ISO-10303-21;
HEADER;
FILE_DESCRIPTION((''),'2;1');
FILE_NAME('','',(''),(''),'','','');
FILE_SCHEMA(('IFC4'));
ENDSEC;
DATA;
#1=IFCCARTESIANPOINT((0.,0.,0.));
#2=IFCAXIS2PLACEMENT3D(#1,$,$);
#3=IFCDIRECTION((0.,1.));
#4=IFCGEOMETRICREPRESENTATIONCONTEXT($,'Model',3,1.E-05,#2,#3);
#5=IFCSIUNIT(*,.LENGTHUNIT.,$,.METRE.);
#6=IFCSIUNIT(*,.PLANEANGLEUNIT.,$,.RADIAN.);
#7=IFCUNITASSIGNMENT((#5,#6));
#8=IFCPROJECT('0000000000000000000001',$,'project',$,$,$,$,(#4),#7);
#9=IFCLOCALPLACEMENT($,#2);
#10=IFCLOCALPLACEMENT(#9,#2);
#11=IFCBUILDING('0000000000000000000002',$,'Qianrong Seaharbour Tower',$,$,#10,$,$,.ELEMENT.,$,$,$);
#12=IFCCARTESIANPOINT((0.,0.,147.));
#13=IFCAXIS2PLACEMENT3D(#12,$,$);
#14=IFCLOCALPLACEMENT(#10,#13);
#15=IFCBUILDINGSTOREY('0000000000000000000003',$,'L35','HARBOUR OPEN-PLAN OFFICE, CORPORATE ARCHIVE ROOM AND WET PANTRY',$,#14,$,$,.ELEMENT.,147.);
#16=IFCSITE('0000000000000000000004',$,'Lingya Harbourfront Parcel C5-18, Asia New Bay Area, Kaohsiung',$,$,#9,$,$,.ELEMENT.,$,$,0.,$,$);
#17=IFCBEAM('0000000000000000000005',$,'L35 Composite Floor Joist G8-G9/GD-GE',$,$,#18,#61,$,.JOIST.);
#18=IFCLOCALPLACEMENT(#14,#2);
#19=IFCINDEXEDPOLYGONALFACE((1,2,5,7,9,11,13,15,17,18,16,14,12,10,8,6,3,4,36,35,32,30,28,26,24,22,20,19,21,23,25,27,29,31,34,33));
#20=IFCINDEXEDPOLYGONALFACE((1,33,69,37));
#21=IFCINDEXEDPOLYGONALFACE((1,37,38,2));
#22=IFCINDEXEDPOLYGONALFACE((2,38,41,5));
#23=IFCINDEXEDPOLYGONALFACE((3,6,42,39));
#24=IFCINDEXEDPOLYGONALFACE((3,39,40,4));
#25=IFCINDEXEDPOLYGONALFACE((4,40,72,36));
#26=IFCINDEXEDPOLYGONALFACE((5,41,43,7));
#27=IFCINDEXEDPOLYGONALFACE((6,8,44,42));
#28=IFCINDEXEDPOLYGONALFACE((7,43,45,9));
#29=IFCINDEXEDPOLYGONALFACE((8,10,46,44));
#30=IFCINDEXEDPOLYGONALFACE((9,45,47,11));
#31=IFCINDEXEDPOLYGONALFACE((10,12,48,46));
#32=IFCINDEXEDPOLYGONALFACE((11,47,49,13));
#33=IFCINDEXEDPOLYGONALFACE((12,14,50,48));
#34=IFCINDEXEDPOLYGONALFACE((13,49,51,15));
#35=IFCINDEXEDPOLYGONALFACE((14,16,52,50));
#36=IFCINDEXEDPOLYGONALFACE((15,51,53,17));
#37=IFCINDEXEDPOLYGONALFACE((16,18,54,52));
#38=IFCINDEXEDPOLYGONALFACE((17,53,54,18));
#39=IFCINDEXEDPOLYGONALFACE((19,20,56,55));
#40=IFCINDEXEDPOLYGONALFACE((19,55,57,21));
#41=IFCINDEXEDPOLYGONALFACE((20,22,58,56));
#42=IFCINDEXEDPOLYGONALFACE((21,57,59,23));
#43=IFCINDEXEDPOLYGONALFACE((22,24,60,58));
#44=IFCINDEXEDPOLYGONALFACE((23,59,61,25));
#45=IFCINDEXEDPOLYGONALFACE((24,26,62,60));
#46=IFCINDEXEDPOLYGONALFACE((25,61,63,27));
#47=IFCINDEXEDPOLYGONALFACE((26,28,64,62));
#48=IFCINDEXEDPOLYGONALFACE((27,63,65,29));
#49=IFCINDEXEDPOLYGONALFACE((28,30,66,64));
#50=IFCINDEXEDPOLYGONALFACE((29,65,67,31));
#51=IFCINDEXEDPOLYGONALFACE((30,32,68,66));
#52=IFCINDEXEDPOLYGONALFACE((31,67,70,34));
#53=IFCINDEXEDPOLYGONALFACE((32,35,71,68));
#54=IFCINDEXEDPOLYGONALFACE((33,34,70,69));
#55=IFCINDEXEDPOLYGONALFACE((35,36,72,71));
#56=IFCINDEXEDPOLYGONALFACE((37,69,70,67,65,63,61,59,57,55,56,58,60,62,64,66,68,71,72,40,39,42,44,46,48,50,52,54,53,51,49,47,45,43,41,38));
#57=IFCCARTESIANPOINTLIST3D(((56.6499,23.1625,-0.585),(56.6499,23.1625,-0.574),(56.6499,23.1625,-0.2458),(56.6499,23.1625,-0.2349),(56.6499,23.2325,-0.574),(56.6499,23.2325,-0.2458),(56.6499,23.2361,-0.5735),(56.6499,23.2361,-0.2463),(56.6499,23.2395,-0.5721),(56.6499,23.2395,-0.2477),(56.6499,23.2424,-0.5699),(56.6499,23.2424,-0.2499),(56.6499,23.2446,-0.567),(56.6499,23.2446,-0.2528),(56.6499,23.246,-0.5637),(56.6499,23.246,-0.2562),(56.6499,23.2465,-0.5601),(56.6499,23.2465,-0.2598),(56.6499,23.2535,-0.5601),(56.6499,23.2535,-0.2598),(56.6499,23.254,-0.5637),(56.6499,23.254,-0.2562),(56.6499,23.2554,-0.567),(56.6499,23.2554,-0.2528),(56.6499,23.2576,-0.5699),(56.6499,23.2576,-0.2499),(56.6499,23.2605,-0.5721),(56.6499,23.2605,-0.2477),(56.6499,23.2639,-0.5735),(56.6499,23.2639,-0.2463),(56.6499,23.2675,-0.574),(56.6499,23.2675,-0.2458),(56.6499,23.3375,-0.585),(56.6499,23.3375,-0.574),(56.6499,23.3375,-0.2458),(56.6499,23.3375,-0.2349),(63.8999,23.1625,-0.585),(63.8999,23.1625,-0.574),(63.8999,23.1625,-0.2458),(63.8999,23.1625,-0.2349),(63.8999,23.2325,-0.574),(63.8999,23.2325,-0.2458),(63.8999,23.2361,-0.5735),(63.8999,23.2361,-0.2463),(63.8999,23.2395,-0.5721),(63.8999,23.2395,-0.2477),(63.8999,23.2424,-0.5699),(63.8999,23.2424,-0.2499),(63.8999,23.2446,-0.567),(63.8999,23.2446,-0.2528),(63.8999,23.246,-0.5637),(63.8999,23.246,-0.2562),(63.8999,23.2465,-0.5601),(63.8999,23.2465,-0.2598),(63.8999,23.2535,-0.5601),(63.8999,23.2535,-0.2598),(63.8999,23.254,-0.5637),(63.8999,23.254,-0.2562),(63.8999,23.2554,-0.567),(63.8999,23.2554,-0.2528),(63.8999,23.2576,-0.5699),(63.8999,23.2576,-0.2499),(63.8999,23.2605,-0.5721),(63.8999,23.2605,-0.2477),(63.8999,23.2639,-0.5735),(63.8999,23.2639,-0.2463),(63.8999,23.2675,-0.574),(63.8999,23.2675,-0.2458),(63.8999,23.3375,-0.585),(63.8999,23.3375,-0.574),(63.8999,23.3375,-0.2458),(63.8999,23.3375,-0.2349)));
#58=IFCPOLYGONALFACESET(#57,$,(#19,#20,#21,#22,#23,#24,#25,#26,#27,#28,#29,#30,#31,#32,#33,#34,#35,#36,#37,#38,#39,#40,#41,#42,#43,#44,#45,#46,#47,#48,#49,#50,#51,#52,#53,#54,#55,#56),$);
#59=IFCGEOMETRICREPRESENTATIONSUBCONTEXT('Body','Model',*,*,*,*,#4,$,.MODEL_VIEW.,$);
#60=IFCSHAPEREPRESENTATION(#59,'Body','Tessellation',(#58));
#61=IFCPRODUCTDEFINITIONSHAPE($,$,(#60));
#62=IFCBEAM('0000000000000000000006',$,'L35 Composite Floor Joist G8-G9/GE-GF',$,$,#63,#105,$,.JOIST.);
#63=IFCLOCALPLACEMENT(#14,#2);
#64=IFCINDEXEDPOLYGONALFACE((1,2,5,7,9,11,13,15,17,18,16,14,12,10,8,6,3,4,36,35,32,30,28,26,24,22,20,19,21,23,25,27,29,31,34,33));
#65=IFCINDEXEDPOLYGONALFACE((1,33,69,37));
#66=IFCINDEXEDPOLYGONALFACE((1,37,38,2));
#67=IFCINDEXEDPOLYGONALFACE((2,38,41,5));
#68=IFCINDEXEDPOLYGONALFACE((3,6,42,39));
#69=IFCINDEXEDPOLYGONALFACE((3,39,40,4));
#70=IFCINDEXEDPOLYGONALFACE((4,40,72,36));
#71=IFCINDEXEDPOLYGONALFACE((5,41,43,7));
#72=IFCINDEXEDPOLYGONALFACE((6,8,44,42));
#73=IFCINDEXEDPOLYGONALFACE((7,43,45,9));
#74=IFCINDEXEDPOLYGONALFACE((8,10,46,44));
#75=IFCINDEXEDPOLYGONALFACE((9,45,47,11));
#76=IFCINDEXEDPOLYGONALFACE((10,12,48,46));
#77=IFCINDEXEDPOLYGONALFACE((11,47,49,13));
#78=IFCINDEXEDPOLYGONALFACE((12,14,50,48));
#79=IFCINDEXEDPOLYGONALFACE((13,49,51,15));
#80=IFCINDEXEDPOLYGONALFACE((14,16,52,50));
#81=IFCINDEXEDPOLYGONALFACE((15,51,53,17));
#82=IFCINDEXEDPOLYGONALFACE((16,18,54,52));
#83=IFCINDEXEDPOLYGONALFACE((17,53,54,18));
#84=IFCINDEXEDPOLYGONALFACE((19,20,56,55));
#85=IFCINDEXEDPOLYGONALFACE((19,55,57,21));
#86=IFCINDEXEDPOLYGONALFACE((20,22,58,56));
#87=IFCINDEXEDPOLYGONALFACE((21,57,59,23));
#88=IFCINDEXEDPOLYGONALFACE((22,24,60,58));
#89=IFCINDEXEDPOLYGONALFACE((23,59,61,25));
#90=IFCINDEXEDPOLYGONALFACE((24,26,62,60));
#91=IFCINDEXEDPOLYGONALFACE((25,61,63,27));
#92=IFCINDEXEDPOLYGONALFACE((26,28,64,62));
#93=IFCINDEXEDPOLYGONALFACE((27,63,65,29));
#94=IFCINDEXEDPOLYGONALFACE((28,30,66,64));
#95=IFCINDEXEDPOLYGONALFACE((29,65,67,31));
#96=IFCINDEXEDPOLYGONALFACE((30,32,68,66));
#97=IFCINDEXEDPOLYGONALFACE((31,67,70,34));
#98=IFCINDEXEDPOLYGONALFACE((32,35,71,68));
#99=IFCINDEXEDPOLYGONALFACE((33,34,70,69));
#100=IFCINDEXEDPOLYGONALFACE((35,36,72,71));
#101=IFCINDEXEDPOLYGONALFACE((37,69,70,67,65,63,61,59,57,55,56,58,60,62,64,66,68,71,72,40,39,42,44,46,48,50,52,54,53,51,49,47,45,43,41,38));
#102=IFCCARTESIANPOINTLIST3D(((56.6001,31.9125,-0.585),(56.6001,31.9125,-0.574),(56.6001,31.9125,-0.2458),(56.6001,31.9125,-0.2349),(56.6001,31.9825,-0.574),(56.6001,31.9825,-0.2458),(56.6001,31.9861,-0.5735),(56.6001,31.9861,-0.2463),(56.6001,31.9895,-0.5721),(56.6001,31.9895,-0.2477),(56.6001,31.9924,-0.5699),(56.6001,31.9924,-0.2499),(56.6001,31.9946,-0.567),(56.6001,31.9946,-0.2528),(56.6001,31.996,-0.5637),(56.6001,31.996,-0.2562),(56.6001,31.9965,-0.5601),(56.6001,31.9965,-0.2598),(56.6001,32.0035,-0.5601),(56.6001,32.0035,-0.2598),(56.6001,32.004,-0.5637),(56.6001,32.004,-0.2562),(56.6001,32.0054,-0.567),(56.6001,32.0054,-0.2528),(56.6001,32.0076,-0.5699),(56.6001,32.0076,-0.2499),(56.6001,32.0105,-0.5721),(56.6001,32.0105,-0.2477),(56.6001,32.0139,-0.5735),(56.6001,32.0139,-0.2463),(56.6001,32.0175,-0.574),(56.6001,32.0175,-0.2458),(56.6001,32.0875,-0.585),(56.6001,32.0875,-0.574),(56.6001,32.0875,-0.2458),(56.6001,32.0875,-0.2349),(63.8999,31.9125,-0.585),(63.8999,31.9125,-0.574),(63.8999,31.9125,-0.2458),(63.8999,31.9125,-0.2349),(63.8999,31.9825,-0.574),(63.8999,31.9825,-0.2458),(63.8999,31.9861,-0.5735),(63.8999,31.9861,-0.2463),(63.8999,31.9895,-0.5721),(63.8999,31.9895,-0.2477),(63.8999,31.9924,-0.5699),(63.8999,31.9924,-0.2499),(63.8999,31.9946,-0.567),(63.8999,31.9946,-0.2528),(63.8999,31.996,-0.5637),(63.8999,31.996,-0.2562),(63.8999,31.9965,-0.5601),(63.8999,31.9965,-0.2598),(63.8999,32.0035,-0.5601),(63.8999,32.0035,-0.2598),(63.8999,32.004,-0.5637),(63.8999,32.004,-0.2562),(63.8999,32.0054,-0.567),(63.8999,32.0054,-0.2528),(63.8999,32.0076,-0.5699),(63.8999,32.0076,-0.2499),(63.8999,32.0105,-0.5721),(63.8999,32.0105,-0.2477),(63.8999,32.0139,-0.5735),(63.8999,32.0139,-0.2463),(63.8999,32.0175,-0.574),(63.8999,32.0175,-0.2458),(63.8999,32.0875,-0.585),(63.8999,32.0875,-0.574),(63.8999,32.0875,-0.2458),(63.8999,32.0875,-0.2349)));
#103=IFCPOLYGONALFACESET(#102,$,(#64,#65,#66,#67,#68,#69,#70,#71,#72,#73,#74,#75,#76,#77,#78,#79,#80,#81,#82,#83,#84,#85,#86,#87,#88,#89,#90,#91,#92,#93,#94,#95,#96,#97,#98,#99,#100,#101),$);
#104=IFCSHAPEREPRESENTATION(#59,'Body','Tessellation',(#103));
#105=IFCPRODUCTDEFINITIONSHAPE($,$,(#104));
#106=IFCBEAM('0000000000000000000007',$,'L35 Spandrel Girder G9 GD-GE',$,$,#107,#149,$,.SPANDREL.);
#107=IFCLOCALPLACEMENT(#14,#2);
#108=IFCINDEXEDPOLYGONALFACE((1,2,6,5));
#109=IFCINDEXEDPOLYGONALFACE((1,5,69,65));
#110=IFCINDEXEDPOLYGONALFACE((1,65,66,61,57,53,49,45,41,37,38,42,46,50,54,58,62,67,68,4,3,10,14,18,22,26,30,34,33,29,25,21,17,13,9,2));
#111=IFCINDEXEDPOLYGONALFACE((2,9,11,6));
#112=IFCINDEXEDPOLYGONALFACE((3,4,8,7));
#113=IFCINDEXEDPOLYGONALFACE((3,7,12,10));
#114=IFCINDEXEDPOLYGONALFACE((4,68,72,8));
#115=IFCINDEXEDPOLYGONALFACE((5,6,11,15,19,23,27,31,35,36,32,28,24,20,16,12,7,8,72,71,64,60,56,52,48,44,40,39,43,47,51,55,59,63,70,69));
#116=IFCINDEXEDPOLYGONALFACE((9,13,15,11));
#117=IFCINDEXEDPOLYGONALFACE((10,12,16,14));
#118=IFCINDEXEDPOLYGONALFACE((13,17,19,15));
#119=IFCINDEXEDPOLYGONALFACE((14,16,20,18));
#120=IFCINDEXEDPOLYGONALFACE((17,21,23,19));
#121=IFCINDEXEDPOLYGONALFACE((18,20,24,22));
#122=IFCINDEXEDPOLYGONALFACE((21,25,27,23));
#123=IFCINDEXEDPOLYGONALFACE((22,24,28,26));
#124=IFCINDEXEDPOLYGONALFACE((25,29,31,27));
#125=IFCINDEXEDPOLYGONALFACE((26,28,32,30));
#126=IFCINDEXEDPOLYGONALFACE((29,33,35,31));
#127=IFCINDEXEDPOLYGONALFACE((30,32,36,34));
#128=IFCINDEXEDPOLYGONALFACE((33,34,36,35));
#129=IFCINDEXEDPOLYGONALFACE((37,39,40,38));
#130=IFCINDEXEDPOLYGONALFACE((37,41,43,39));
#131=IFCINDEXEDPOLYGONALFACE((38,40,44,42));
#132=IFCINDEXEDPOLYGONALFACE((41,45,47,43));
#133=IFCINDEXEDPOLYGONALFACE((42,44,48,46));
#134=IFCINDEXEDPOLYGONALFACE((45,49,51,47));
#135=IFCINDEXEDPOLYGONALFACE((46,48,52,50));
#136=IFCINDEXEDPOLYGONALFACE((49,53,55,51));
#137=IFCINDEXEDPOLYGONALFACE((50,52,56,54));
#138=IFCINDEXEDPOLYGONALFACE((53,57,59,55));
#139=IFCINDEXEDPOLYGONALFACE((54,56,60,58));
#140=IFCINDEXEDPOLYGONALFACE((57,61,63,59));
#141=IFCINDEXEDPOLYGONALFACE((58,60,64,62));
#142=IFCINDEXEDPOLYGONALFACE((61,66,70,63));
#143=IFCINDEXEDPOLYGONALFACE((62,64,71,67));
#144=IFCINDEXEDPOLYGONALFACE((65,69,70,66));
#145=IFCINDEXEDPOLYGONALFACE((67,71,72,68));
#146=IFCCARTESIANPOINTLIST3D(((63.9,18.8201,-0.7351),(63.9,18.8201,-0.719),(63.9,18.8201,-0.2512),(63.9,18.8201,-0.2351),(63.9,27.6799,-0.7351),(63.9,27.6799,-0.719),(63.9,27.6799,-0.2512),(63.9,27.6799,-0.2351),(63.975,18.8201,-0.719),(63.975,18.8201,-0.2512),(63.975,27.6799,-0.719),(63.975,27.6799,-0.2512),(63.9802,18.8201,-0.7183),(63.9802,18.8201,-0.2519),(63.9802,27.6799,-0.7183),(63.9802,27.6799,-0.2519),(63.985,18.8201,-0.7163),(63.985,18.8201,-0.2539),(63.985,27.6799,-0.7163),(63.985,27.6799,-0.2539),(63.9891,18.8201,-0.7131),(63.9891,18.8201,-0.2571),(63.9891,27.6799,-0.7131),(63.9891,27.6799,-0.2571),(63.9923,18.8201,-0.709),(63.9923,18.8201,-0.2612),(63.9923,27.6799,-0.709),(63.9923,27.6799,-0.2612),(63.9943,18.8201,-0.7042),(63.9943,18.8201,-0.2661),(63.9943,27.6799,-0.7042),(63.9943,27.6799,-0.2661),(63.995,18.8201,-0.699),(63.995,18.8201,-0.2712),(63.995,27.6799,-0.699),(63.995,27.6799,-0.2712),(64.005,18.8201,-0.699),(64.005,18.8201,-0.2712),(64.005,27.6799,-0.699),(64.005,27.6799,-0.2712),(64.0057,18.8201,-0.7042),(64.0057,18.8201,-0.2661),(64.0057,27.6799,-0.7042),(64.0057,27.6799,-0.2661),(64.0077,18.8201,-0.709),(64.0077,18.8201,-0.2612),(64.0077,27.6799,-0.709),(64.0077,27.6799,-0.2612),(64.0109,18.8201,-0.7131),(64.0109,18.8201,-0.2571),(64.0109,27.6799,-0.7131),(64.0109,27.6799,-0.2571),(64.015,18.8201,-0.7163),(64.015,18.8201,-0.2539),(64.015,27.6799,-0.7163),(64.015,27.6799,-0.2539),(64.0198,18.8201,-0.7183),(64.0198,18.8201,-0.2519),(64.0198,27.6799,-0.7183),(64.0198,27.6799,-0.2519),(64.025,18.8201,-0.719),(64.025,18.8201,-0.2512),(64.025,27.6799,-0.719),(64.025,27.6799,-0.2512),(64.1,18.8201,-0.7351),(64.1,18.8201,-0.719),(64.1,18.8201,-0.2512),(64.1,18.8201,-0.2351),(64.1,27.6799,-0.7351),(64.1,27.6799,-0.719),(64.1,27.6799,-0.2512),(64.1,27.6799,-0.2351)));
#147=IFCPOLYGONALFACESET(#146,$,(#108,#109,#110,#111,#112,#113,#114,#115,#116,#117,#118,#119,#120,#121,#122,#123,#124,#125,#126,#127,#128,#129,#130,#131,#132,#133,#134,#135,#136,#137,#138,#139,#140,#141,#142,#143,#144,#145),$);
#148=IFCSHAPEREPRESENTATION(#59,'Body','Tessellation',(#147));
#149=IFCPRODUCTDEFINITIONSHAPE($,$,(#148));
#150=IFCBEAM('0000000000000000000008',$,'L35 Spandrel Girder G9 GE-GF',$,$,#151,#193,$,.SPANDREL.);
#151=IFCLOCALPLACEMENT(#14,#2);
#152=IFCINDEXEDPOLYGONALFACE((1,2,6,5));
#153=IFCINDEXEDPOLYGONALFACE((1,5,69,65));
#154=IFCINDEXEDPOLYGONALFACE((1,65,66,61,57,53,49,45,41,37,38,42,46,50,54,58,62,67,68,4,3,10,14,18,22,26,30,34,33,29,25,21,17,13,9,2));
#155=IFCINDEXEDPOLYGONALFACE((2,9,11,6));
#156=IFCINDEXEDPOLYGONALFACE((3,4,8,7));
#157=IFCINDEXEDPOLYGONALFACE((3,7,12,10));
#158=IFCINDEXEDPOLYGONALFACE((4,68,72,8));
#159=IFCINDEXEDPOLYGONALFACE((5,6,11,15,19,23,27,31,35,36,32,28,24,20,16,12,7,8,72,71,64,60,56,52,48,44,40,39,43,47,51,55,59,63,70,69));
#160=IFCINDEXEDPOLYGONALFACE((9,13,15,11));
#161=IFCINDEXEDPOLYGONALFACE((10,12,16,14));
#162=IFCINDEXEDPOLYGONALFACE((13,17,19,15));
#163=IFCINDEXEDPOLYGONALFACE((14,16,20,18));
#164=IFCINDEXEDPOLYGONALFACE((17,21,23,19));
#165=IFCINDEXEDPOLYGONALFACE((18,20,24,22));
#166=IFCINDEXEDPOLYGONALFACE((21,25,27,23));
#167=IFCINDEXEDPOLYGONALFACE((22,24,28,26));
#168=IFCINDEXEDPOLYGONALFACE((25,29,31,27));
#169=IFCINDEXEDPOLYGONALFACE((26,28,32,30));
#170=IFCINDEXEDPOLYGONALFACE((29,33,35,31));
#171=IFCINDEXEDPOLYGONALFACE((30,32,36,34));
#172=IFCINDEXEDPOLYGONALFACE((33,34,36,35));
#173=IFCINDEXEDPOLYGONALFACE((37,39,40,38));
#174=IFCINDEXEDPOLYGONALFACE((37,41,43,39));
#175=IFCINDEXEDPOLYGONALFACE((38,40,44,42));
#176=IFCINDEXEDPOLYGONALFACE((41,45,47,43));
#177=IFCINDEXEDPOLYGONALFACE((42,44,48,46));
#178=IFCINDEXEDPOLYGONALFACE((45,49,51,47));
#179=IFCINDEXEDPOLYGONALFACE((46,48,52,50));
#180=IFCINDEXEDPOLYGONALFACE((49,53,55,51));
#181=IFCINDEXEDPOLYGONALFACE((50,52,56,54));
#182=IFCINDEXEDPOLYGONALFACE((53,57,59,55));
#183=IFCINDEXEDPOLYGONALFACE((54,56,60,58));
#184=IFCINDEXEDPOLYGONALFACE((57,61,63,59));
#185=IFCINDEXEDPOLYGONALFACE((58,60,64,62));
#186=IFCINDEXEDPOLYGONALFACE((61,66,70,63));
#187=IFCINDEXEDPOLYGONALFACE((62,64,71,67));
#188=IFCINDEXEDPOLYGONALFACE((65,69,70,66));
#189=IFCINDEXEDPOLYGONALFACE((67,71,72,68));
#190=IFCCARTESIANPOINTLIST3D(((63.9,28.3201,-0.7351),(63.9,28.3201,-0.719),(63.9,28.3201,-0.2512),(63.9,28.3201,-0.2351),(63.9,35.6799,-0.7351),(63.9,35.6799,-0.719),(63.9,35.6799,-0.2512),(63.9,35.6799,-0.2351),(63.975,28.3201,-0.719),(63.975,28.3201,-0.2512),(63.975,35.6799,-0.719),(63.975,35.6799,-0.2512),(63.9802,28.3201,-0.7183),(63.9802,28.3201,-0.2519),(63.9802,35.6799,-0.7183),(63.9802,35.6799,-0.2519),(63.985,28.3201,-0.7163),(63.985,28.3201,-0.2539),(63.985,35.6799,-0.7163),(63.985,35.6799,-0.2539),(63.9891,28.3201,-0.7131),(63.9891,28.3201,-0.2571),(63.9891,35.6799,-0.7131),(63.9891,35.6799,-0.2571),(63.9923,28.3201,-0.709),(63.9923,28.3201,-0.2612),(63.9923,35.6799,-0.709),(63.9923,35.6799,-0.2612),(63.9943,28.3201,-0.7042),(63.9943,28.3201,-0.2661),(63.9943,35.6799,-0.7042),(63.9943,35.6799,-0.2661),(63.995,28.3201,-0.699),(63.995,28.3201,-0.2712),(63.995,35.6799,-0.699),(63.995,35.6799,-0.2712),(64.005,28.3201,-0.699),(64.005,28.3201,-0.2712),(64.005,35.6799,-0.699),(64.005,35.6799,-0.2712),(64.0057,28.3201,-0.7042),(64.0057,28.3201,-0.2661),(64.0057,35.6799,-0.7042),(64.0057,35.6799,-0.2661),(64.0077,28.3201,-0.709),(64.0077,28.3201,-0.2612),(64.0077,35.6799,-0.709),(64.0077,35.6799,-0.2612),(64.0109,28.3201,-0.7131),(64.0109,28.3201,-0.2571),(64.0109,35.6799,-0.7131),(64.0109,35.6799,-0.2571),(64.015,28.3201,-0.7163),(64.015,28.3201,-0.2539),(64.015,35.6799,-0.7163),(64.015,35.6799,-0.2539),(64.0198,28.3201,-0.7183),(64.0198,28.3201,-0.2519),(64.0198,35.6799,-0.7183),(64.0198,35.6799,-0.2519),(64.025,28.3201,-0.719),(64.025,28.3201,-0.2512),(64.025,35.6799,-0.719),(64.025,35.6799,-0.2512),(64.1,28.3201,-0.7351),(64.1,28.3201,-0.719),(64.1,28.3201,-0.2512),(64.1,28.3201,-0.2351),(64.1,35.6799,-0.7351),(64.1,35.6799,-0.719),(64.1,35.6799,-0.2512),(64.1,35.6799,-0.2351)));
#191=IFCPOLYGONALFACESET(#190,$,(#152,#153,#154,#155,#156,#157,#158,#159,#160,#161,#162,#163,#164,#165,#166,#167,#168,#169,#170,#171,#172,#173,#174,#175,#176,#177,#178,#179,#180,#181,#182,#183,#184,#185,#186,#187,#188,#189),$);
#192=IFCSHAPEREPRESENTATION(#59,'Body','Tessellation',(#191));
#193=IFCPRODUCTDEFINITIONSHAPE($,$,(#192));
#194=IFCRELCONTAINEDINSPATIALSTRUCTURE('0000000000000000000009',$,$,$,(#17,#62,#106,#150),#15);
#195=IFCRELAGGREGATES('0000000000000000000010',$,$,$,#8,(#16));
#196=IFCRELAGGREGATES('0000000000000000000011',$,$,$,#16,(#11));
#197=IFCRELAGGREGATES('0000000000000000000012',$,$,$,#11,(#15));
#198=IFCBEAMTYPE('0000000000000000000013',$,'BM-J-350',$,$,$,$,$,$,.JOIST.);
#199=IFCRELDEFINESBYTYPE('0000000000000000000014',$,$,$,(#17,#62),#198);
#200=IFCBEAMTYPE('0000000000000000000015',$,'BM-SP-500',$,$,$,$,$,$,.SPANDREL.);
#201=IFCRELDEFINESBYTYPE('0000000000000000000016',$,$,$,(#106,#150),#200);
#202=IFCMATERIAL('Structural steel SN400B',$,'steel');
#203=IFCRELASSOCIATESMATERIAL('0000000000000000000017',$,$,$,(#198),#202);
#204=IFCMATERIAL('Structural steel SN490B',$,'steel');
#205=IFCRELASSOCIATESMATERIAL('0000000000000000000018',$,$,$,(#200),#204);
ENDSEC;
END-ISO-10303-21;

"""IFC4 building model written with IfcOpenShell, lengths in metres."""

from ifc_helpers import new_model, si_unit, direction, frame, origin, origin_2d, place, context, subcontext, project, spatial, i_section, extrude, material, material_profile, profile_set, type_object, element, save


model = new_model("IFC4")

# Units and contexts
model_context = context("Model", 3, precision=1e-05, world=origin(), true_north=direction((0.0, 1.0)))
body_context = subcontext(model_context, "Body", "Model", "MODEL_VIEW")
ifc_project = project(units=[si_unit("LENGTHUNIT", "METRE"), si_unit("PLANEANGLEUNIT", "RADIAN")], contexts=[model_context])

# Site, building, storey
site_placement = place(None, origin())
site = spatial("IfcSite", under=ifc_project, at=site_placement, Name="Lingya Harbourfront Parcel C5-18, Asia New Bay Area, Kaohsiung", CompositionType="ELEMENT", RefElevation=0.0)
building_placement = place(site_placement, origin())
building = spatial("IfcBuilding", under=site, at=building_placement, Name="Qianrong Seaharbour Tower", CompositionType="ELEMENT")
storey_placement = place(building_placement, frame((0.0, 0.0, 147.0)))
storey = spatial("IfcBuildingStorey", under=building, at=storey_placement, Name="L35", Description="HARBOUR OPEN-PLAN OFFICE, CORPORATE ARCHIVE ROOM AND WET PANTRY", CompositionType="ELEMENT", Elevation=147.0)

# Shared definitions
ifc_material_1 = material(Name="Structural steel SN490B", Category="steel")

# Beams
ifc_material_2 = material(Name="Structural steel SN400B", Category="steel")
ifc_material_profile_1 = material_profile(ifc_material_2, i_section(OverallWidth=0.175, OverallDepth=0.3501, WebThickness=0.0071, FlangeThickness=0.011, FilletRadius=0.0139, at=origin_2d()), Name="H350x175x7x11")
ifc_profile_set_1 = profile_set([ifc_material_profile_1], Name="Structural steel SN400B")
beam_type_1 = type_object("IfcBeamType", Name="BM-J-350", PredefinedType="JOIST", material=ifc_profile_set_1)
beam_1_placement = place(storey_placement, frame((56.6499, 23.25, -0.4099), z_axis=(1.0, 0.0, 0.0), x_axis=(0.0, 1.0, 0.0)))
element("IfcBeam", 1, at=beam_1_placement, inside=storey, type_object=beam_type_1, Name="L35 Composite Floor Joist G8-G9/GD-GE", PredefinedType="JOIST", context=body_context, shape_type="SweptSolid", body=[
    extrude(i_section(OverallWidth=0.175, OverallDepth=0.3501, WebThickness=0.0071, FlangeThickness=0.011, FilletRadius=0.0139, at=origin_2d()), origin(), (0.0, 0.0, 1.0), 7.25),
])
beam_2_placement = place(storey_placement, frame((56.6001, 32.0, -0.4099), z_axis=(1.0, 0.0, 0.0), x_axis=(0.0, 1.0, 0.0)))
element("IfcBeam", 2, at=beam_2_placement, inside=storey, type_object=beam_type_1, Name="L35 Composite Floor Joist G8-G9/GE-GF", PredefinedType="JOIST", context=body_context, shape_type="SweptSolid", body=[
    extrude(i_section(OverallWidth=0.175, OverallDepth=0.3501, WebThickness=0.0071, FlangeThickness=0.011, FilletRadius=0.0139, at=origin_2d()), origin(), (0.0, 0.0, 1.0), 7.2998),
])
ifc_material_profile_2 = material_profile(ifc_material_1, i_section(OverallWidth=0.2, OverallDepth=0.5, WebThickness=0.01, FlangeThickness=0.0161, FilletRadius=0.02, at=origin_2d()), Name="H500x200x10x16")
ifc_profile_set_2 = profile_set([ifc_material_profile_2], Name="Structural steel SN490B")
beam_type_2 = type_object("IfcBeamType", Name="BM-SP-500", PredefinedType="SPANDREL", material=ifc_profile_set_2)
beam_3_placement = place(storey_placement, frame((64.0, 18.8201, -0.4851), z_axis=(0.0, 1.0, 0.0), x_axis=(-1.0, 0.0, 0.0)))
element("IfcBeam", 3, at=beam_3_placement, inside=storey, type_object=beam_type_2, Name="L35 Spandrel Girder G9 GD-GE", PredefinedType="SPANDREL", context=body_context, shape_type="SweptSolid", body=[
    extrude(i_section(OverallWidth=0.2, OverallDepth=0.5, WebThickness=0.01, FlangeThickness=0.0161, FilletRadius=0.02, at=origin_2d()), origin(), (0.0, 0.0, 1.0), 8.8599),
])
beam_4_placement = place(storey_placement, frame((64.0, 28.3201, -0.4851), z_axis=(0.0, 1.0, 0.0), x_axis=(-1.0, 0.0, 0.0)))
element("IfcBeam", 4, at=beam_4_placement, inside=storey, type_object=beam_type_2, Name="L35 Spandrel Girder G9 GE-GF", PredefinedType="SPANDREL", context=body_context, shape_type="SweptSolid", body=[
    extrude(i_section(OverallWidth=0.2, OverallDepth=0.5, WebThickness=0.01, FlangeThickness=0.0161, FilletRadius=0.02, at=origin_2d()), origin(), (0.0, 0.0, 1.0), 7.3599),
])

save(model, "model.ifc")
